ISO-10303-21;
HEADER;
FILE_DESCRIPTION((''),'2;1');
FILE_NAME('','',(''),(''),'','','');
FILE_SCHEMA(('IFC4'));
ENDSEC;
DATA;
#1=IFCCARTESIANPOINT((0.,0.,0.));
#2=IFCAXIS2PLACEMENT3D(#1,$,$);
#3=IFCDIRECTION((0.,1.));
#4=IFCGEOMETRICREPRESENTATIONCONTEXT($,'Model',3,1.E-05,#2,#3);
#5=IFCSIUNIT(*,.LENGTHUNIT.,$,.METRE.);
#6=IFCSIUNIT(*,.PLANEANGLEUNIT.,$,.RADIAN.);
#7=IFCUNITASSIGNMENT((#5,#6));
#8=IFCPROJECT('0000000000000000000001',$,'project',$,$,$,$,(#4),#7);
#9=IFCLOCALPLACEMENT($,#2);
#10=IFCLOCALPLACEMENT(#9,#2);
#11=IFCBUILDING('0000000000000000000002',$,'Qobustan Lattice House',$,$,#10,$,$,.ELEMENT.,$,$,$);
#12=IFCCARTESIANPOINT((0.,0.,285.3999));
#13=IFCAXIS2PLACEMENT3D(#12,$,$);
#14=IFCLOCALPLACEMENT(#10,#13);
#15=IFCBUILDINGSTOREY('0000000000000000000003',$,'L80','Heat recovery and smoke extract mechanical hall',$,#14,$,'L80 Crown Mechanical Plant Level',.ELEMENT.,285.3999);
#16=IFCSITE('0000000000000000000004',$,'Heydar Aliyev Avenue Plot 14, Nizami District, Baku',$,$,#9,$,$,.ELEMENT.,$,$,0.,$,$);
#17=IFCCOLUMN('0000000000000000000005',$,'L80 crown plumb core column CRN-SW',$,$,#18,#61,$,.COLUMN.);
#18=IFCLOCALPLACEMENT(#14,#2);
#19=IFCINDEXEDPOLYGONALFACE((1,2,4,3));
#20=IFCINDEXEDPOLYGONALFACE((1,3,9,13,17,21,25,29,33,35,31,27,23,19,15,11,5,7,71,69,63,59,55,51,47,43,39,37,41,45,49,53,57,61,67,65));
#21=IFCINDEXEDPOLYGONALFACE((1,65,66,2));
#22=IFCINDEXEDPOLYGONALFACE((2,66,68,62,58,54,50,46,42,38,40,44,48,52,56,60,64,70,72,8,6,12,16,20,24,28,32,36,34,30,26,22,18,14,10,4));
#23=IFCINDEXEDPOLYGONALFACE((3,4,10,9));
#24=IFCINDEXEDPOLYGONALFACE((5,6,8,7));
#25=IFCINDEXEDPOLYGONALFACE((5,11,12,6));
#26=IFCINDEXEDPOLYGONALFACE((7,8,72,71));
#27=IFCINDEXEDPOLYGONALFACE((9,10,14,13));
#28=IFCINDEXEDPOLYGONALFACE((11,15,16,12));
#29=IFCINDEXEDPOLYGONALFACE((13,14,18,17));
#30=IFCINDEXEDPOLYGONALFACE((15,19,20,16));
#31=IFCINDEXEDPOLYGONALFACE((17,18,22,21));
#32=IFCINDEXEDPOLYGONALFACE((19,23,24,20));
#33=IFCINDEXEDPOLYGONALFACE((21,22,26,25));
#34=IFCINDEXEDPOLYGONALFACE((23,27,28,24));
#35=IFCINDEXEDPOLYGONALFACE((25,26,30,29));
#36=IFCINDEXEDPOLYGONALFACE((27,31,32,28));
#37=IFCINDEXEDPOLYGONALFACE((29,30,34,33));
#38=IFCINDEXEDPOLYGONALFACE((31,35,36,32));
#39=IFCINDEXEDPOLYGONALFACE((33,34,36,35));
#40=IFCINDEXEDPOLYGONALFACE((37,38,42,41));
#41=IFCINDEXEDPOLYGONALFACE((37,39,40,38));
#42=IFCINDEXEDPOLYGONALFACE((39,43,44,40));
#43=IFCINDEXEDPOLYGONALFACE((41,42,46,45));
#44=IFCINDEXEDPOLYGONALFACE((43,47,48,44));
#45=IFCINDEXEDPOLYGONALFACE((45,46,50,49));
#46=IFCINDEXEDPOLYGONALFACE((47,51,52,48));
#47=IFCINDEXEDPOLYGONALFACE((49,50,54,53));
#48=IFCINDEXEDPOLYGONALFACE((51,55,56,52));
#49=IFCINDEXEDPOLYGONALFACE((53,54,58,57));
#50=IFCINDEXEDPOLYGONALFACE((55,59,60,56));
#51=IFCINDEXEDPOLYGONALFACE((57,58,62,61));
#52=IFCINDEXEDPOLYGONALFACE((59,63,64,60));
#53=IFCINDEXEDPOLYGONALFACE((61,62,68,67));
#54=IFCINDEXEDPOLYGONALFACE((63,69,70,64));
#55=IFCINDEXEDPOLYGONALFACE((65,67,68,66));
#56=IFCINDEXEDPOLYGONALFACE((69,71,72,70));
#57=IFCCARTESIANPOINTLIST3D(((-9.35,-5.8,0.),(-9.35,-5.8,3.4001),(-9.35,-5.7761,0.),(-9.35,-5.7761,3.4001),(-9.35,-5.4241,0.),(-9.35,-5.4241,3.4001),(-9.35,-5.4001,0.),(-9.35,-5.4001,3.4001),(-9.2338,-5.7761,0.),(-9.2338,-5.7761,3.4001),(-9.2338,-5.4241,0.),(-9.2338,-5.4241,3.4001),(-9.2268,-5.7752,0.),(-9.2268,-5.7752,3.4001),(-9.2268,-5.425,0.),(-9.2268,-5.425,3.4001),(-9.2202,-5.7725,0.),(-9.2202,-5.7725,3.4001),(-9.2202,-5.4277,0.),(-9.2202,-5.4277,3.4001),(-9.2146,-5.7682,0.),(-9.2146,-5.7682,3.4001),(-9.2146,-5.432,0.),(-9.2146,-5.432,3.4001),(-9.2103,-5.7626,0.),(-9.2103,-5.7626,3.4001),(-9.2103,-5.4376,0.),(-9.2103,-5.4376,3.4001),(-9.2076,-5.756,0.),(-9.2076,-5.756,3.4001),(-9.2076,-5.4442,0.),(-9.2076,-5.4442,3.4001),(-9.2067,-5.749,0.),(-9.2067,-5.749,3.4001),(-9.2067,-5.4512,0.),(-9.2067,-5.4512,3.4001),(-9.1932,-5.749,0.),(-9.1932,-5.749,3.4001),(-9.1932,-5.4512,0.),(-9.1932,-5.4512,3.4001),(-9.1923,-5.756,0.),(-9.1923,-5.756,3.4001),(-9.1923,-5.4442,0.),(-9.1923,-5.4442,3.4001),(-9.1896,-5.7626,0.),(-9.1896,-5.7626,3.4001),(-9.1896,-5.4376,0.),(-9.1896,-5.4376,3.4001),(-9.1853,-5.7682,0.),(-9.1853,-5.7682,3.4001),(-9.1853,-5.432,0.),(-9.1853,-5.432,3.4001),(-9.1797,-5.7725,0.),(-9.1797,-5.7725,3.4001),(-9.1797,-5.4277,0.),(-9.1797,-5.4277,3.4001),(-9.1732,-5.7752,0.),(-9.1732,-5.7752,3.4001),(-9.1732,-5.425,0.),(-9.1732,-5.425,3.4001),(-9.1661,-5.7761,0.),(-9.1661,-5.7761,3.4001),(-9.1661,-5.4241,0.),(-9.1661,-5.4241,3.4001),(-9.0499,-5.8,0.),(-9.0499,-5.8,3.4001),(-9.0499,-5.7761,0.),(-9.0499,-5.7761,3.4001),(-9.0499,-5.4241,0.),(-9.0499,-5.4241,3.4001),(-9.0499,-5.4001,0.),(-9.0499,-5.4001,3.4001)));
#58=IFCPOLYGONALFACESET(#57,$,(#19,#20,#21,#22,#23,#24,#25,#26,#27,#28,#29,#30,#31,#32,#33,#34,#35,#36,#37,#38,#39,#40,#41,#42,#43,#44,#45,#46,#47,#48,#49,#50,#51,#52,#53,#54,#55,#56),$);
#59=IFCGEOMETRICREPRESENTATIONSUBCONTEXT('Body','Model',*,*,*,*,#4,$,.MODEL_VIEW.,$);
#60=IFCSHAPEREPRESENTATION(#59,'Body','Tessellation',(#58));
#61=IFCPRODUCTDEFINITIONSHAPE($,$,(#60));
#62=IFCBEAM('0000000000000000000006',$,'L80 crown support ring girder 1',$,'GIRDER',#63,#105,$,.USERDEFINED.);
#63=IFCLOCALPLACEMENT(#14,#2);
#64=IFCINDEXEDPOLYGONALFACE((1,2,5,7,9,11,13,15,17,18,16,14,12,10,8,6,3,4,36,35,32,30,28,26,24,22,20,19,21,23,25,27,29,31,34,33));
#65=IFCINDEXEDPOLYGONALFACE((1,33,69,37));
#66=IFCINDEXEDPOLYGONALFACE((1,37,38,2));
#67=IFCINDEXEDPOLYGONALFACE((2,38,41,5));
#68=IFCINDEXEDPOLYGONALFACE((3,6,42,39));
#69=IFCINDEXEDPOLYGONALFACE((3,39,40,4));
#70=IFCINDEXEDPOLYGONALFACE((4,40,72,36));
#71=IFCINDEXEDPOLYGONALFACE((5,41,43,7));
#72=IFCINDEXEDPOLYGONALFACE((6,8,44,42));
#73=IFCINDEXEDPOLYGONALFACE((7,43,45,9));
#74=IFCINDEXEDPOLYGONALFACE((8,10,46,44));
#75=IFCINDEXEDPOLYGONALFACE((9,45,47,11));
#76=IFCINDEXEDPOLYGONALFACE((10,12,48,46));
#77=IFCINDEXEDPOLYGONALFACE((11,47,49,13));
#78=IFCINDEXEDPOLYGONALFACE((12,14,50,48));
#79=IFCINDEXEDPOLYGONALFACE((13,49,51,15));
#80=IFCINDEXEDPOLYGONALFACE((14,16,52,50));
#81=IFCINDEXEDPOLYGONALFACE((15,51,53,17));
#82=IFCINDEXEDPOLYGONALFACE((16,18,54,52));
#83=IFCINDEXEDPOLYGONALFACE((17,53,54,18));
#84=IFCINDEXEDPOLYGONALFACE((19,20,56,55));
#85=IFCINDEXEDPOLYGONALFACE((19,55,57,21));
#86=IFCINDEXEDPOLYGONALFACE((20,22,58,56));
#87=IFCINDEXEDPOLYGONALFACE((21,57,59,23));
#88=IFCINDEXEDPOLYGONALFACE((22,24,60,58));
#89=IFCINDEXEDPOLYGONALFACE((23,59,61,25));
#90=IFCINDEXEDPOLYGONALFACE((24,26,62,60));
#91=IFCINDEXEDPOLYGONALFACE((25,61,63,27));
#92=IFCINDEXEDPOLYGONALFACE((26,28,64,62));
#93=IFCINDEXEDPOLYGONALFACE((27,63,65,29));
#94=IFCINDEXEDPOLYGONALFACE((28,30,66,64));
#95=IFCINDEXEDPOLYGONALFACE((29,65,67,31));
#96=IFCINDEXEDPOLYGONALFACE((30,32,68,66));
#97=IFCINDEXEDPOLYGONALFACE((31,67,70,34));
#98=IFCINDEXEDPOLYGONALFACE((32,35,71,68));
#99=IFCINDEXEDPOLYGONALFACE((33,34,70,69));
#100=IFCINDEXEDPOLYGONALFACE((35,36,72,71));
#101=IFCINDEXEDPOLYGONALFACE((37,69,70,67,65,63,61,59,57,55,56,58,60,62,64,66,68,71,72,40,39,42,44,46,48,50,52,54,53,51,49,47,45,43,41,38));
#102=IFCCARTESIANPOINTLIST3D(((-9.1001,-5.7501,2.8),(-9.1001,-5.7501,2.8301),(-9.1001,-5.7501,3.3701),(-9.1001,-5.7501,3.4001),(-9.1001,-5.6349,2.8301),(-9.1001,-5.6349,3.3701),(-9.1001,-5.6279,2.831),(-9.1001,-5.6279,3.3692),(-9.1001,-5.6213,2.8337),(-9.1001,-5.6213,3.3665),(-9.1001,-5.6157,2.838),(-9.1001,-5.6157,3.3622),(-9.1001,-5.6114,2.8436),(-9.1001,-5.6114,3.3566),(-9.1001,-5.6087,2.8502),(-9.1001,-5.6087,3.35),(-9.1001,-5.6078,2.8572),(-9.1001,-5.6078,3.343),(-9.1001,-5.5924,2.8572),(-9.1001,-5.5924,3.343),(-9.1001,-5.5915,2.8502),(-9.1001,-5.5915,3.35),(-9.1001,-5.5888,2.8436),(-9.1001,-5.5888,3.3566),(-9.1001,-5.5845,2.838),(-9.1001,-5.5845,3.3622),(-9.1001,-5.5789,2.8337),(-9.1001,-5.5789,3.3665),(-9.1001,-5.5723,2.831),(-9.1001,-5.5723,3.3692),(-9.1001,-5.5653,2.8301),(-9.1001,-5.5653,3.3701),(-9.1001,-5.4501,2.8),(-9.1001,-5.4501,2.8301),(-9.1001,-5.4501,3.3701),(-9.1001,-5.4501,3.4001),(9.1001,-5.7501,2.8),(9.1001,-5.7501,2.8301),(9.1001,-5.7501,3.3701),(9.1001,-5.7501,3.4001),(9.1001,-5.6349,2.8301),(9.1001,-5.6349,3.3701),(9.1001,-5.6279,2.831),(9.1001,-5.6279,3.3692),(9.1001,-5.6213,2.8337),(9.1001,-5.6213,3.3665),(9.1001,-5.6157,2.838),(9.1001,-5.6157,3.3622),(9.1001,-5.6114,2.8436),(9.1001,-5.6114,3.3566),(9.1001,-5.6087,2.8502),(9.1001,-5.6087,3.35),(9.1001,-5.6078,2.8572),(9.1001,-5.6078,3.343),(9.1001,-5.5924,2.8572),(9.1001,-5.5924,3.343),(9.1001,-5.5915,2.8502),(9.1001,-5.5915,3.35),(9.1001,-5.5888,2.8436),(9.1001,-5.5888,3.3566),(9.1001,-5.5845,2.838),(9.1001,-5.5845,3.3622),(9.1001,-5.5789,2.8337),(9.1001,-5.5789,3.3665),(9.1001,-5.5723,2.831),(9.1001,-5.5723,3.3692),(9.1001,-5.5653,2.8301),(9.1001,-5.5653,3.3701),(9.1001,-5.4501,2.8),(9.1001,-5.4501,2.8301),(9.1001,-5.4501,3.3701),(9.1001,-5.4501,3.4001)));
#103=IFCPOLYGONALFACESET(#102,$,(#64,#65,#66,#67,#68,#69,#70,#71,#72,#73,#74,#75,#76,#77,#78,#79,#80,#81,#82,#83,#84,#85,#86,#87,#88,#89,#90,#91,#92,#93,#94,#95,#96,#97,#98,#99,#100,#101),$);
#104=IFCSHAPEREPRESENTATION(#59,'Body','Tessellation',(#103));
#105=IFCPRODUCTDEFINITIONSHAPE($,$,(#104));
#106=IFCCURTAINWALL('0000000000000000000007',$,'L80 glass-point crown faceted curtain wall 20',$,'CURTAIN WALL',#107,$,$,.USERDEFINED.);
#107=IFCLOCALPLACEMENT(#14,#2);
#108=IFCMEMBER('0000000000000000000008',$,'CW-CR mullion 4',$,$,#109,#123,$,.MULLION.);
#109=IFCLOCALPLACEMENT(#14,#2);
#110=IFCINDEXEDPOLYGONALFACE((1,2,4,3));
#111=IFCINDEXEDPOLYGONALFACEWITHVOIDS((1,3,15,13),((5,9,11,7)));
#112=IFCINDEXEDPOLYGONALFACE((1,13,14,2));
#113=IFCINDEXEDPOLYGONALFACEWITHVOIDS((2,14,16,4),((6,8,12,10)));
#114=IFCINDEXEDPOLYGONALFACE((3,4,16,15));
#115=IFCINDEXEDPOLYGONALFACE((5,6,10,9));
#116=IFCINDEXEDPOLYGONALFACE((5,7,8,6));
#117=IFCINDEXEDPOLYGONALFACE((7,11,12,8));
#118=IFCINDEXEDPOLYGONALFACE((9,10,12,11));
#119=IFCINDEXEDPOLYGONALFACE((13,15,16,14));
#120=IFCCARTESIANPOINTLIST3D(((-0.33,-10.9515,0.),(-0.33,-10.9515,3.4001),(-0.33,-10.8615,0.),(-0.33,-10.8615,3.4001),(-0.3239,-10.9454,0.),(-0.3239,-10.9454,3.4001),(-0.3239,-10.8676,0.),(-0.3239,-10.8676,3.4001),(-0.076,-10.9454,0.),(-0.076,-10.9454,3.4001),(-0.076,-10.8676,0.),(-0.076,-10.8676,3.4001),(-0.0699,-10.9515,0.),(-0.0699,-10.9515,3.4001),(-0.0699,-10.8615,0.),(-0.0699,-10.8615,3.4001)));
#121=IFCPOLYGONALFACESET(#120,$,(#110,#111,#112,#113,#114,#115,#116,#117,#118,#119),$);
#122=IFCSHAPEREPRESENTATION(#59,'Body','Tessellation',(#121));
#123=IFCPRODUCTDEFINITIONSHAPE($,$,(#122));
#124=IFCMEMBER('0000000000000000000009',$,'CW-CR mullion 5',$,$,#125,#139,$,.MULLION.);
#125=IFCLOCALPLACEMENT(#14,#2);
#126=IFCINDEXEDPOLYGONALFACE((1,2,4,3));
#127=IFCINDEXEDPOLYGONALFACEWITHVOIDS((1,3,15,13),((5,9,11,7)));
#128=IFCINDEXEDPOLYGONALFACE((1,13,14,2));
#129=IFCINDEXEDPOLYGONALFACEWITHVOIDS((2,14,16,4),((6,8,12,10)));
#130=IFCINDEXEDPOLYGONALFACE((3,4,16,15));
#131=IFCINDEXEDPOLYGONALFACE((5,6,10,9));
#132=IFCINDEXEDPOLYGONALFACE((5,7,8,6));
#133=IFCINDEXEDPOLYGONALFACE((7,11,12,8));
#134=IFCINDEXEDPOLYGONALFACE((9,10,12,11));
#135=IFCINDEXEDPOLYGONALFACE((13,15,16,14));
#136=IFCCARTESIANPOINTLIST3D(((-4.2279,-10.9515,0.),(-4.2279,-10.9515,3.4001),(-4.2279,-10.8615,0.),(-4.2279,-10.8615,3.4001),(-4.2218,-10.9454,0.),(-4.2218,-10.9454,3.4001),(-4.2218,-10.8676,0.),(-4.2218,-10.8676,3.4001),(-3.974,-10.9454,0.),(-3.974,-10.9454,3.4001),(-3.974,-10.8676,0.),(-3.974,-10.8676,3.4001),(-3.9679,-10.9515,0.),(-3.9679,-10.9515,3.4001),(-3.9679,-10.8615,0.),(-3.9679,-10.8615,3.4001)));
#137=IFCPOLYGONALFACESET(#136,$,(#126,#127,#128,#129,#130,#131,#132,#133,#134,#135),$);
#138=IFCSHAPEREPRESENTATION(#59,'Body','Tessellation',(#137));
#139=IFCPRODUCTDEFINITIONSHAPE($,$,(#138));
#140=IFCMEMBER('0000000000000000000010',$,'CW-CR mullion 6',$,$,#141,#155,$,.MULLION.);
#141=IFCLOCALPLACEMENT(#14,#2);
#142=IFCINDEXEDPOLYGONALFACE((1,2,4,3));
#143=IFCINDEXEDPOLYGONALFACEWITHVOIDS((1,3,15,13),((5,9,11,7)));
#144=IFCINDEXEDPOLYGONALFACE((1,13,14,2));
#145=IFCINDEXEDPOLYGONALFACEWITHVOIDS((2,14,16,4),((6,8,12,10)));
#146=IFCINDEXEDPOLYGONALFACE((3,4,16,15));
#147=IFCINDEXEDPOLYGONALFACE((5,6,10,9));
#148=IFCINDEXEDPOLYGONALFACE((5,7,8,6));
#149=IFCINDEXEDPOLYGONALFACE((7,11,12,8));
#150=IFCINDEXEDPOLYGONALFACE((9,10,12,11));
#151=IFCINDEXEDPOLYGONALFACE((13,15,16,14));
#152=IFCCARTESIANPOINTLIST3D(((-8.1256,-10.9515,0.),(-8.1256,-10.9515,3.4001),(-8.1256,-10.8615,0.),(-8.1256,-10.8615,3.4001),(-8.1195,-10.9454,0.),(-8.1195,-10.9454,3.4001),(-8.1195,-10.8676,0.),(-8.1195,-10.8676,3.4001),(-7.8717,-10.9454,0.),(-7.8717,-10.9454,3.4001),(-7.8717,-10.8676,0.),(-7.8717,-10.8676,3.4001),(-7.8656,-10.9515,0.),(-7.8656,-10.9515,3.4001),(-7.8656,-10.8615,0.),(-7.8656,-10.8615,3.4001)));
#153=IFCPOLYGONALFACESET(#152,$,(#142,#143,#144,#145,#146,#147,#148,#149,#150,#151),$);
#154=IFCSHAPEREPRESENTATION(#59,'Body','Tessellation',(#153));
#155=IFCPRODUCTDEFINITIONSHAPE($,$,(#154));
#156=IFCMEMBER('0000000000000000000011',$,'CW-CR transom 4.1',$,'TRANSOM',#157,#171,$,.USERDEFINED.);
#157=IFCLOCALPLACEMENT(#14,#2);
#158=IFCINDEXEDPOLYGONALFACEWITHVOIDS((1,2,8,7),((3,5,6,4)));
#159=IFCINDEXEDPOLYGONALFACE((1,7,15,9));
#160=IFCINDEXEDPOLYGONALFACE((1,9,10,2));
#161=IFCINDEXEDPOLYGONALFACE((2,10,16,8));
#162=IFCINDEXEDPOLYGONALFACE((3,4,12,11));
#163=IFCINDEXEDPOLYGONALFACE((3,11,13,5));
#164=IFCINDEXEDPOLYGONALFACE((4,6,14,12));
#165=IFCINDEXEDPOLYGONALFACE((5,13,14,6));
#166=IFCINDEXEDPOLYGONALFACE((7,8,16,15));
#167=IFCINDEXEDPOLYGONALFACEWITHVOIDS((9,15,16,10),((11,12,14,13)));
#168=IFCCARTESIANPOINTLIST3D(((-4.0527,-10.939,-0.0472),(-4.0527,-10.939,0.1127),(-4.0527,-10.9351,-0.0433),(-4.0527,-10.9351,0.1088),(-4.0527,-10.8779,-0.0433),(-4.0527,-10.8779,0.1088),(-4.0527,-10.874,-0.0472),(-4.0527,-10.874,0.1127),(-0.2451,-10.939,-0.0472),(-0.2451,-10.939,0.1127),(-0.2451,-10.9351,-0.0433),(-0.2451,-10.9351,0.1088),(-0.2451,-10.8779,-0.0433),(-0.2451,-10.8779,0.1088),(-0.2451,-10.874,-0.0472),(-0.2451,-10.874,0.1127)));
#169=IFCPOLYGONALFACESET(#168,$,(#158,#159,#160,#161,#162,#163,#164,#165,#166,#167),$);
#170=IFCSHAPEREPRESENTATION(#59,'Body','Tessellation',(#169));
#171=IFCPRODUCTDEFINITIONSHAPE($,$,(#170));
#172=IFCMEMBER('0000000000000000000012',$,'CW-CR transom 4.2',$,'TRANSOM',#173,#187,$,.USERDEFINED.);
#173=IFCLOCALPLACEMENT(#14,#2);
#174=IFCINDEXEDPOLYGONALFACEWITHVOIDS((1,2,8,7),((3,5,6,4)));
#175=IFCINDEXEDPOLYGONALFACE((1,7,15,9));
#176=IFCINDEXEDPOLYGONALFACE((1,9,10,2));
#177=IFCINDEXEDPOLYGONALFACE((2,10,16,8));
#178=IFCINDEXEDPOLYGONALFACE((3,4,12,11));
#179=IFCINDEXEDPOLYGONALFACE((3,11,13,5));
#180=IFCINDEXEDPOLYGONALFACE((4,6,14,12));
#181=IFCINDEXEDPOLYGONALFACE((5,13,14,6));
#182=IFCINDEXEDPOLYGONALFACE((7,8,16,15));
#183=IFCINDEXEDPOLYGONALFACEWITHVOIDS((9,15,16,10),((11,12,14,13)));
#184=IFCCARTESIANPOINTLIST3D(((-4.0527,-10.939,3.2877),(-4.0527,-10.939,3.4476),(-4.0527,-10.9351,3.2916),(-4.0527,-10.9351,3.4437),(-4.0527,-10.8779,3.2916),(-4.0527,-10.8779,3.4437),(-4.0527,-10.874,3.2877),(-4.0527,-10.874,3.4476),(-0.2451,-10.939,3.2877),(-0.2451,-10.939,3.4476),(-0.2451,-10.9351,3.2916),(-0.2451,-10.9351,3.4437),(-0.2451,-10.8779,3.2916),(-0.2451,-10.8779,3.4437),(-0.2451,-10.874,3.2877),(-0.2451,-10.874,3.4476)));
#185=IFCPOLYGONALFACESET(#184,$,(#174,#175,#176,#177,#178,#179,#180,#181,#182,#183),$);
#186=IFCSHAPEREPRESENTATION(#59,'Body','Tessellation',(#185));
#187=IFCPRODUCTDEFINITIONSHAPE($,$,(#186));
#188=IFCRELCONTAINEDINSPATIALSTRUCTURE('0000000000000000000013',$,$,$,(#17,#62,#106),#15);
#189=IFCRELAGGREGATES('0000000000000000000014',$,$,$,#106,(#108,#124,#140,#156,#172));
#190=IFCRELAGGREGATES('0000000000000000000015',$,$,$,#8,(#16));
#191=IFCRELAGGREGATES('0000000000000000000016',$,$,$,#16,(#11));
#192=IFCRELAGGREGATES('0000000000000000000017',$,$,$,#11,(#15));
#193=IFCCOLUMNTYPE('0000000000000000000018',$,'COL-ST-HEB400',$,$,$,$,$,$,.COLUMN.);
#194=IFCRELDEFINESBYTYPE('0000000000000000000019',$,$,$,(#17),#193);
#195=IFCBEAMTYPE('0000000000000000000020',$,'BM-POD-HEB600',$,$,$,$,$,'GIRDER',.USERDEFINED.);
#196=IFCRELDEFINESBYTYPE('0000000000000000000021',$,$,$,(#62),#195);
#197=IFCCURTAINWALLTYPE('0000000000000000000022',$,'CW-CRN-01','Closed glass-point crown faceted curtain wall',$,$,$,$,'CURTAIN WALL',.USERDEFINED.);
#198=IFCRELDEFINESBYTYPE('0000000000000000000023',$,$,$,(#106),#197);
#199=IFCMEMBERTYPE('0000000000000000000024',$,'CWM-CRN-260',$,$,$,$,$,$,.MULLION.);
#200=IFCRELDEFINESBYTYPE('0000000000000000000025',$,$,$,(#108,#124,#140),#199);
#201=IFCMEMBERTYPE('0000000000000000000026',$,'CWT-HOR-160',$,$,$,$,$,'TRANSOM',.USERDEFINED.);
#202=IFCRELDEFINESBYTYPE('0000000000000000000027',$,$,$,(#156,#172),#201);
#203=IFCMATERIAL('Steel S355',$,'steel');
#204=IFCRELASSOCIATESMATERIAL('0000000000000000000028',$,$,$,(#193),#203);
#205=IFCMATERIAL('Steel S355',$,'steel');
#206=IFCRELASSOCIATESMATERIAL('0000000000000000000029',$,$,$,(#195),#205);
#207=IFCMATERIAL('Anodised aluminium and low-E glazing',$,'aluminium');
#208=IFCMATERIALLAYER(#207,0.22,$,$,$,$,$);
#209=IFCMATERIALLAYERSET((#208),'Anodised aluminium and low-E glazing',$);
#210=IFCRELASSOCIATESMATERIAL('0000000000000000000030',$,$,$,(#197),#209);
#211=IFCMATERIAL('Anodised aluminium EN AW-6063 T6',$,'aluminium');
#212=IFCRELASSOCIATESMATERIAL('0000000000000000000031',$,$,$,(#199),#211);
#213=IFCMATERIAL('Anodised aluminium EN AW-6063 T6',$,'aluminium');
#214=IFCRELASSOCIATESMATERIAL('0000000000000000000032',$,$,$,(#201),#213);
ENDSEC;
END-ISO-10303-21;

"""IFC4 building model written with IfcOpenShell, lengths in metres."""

from ifc_helpers import new_model, si_unit, direction, frame, origin, origin_2d, place, context, subcontext, project, spatial, hollow_rectangle, i_section, extrude, material, layer, layer_set, material_profile, profile_set, type_object, element, aggregate, save


model = new_model("IFC4")

# Units and contexts
model_context = context("Model", 3, precision=1e-05, world=origin(), true_north=direction((0.0, 1.0)))
body_context = subcontext(model_context, "Body", "Model", "MODEL_VIEW")
ifc_project = project(units=[si_unit("LENGTHUNIT", "METRE"), si_unit("PLANEANGLEUNIT", "RADIAN")], contexts=[model_context])

# Site, building, storey
site_placement = place(None, origin())
site = spatial("IfcSite", under=ifc_project, at=site_placement, Name="Heydar Aliyev Avenue Plot 14, Nizami District, Baku", CompositionType="ELEMENT", RefElevation=0.0)
building_placement = place(site_placement, origin())
building = spatial("IfcBuilding", under=site, at=building_placement, Name="Qobustan Lattice House", CompositionType="ELEMENT")
storey_placement = place(building_placement, frame((0.0, 0.0, 285.3999)))
storey = spatial("IfcBuildingStorey", under=building, at=storey_placement, Name="L80", Description="Heat recovery and smoke extract mechanical hall", LongName="L80 Crown Mechanical Plant Level", CompositionType="ELEMENT", Elevation=285.3999)

# Column
ifc_material_1 = material(Name="Steel S355", Category="steel")
ifc_material_profile_1 = material_profile(ifc_material_1, i_section(OverallWidth=0.3, OverallDepth=0.3999, WebThickness=0.0134, FlangeThickness=0.0239, FilletRadius=0.0271, at=origin_2d()), Name="HEB400")
ifc_profile_set_1 = profile_set([ifc_material_profile_1], Name="Steel S355")
column_type = type_object("IfcColumnType", Name="COL-ST-HEB400", PredefinedType="COLUMN", material=ifc_profile_set_1)
column_placement = place(storey_placement, frame((-9.2, -5.6001, 0.0), z_axis=(0.0, 0.0, 1.0), x_axis=(1.0, 0.0, 0.0)))
element("IfcColumn", 1, at=column_placement, inside=storey, type_object=column_type, Name="L80 crown plumb core column CRN-SW", PredefinedType="COLUMN", context=body_context, shape_type="SweptSolid", body=[
    extrude(i_section(OverallWidth=0.3, OverallDepth=0.3999, WebThickness=0.0134, FlangeThickness=0.0239, FilletRadius=0.0271, at=origin_2d()), origin(), (0.0, 0.0, 1.0), 3.4001),
])

# Beam
ifc_material_2 = material(Name="Steel S355", Category="steel")
ifc_material_profile_2 = material_profile(ifc_material_2, i_section(OverallWidth=0.3, OverallDepth=0.6001, WebThickness=0.0154, FlangeThickness=0.03, FilletRadius=0.0271, at=origin_2d()), Name="HEB600")
ifc_profile_set_2 = profile_set([ifc_material_profile_2], Name="Steel S355")
beam_type = type_object("IfcBeamType", Name="BM-POD-HEB600", ElementType="GIRDER", PredefinedType="USERDEFINED", material=ifc_profile_set_2)
beam_placement = place(storey_placement, frame((-9.1001, -5.6001, 3.1001), z_axis=(1.0, 0.0, 0.0), x_axis=(0.0, 1.0, 0.0)))
element("IfcBeam", 2, at=beam_placement, inside=storey, type_object=beam_type, Name="L80 crown support ring girder 1", ObjectType="GIRDER", PredefinedType="USERDEFINED", context=body_context, shape_type="SweptSolid", body=[
    extrude(i_section(OverallWidth=0.3, OverallDepth=0.6001, WebThickness=0.0154, FlangeThickness=0.03, FilletRadius=0.0271, at=origin_2d()), origin(), (0.0, 0.0, 1.0), 18.2002),
])

# Curtain wall, members
ifc_material_3 = material(Name="Anodised aluminium and low-E glazing", Category="aluminium")
ifc_layer_1 = layer(ifc_material_3, 0.22)
ifc_layer_set_1 = layer_set([ifc_layer_1], Name="Anodised aluminium and low-E glazing")
curtain_wall_type = type_object("IfcCurtainWallType", Name="CW-CRN-01", Description="Closed glass-point crown faceted curtain wall", ElementType="CURTAIN WALL", PredefinedType="USERDEFINED", material=ifc_layer_set_1)
curtain_wall_placement = place(storey_placement, origin())
curtain_wall = element("IfcCurtainWall", 3, at=curtain_wall_placement, inside=storey, type_object=curtain_wall_type, Name="L80 glass-point crown faceted curtain wall 20", ObjectType="CURTAIN WALL", PredefinedType="USERDEFINED")
ifc_material_4 = material(Name="Anodised aluminium EN AW-6063 T6", Category="aluminium")
ifc_material_profile_3 = material_profile(ifc_material_4, hollow_rectangle(XDim=0.0901, YDim=0.26, WallThickness=0.0061, at=origin_2d()), Name="CWM-CROWN-260x90")
ifc_profile_set_3 = profile_set([ifc_material_profile_3], Name="Anodised aluminium EN AW-6063 T6")
member_type_1 = type_object("IfcMemberType", Name="CWM-CRN-260", PredefinedType="MULLION", material=ifc_profile_set_3)
member_1_placement = place(storey_placement, frame((-0.2, -10.9065, 0.0), z_axis=(0.0, 0.0, 1.0), x_axis=(0.0, -1.0, 0.0)))
member_1 = element("IfcMember", 4, at=member_1_placement, type_object=member_type_1, Name="CW-CR mullion 4", PredefinedType="MULLION", context=body_context, shape_type="SweptSolid", body=[
    extrude(hollow_rectangle(XDim=0.0901, YDim=0.26, WallThickness=0.0061, at=origin_2d()), origin(), (0.0, 0.0, 1.0), 3.4001),
])
member_2_placement = place(storey_placement, frame((-4.0979, -10.9065, 0.0), z_axis=(0.0, 0.0, 1.0), x_axis=(0.0, -1.0, 0.0)))
member_2 = element("IfcMember", 5, at=member_2_placement, type_object=member_type_1, Name="CW-CR mullion 5", PredefinedType="MULLION", context=body_context, shape_type="SweptSolid", body=[
    extrude(hollow_rectangle(XDim=0.0901, YDim=0.26, WallThickness=0.0061, at=origin_2d()), origin(), (0.0, 0.0, 1.0), 3.4001),
])
member_3_placement = place(storey_placement, frame((-7.9956, -10.9065, 0.0), z_axis=(0.0, 0.0, 1.0), x_axis=(0.0, -1.0, 0.0)))
member_3 = element("IfcMember", 6, at=member_3_placement, type_object=member_type_1, Name="CW-CR mullion 6", PredefinedType="MULLION", context=body_context, shape_type="SweptSolid", body=[
    extrude(hollow_rectangle(XDim=0.0901, YDim=0.26, WallThickness=0.0061, at=origin_2d()), origin(), (0.0, 0.0, 1.0), 3.4001),
])
ifc_material_5 = material(Name="Anodised aluminium EN AW-6063 T6", Category="aluminium")
ifc_material_profile_4 = material_profile(ifc_material_5, hollow_rectangle(XDim=0.0649, YDim=0.1599, WallThickness=0.0039, at=origin_2d()), Name="CWT-160x65")
ifc_profile_set_4 = profile_set([ifc_material_profile_4], Name="Anodised aluminium EN AW-6063 T6")
member_type_2 = type_object("IfcMemberType", Name="CWT-HOR-160", ElementType="TRANSOM", PredefinedType="USERDEFINED", material=ifc_profile_set_4)
member_4_placement = place(storey_placement, frame((-0.2451, -10.9065, 0.0327), z_axis=(-1.0, 0.0, 0.0), x_axis=(0.0, -1.0, 0.0)))
member_4 = element("IfcMember", 7, at=member_4_placement, type_object=member_type_2, Name="CW-CR transom 4.1", ObjectType="TRANSOM", PredefinedType="USERDEFINED", context=body_context, shape_type="SweptSolid", body=[
    extrude(hollow_rectangle(XDim=0.0649, YDim=0.1599, WallThickness=0.0039, at=origin_2d()), origin(), (0.0, 0.0, 1.0), 3.8076),
])
member_5_placement = place(storey_placement, frame((-0.2451, -10.9065, 3.3677), z_axis=(-1.0, 0.0, 0.0), x_axis=(0.0, -1.0, 0.0)))
member_5 = element("IfcMember", 8, at=member_5_placement, type_object=member_type_2, Name="CW-CR transom 4.2", ObjectType="TRANSOM", PredefinedType="USERDEFINED", context=body_context, shape_type="SweptSolid", body=[
    extrude(hollow_rectangle(XDim=0.0649, YDim=0.1599, WallThickness=0.0039, at=origin_2d()), origin(), (0.0, 0.0, 1.0), 3.8076),
])

aggregate(curtain_wall, [member_1, member_2, member_3, member_4, member_5])

save(model, "model.ifc")
